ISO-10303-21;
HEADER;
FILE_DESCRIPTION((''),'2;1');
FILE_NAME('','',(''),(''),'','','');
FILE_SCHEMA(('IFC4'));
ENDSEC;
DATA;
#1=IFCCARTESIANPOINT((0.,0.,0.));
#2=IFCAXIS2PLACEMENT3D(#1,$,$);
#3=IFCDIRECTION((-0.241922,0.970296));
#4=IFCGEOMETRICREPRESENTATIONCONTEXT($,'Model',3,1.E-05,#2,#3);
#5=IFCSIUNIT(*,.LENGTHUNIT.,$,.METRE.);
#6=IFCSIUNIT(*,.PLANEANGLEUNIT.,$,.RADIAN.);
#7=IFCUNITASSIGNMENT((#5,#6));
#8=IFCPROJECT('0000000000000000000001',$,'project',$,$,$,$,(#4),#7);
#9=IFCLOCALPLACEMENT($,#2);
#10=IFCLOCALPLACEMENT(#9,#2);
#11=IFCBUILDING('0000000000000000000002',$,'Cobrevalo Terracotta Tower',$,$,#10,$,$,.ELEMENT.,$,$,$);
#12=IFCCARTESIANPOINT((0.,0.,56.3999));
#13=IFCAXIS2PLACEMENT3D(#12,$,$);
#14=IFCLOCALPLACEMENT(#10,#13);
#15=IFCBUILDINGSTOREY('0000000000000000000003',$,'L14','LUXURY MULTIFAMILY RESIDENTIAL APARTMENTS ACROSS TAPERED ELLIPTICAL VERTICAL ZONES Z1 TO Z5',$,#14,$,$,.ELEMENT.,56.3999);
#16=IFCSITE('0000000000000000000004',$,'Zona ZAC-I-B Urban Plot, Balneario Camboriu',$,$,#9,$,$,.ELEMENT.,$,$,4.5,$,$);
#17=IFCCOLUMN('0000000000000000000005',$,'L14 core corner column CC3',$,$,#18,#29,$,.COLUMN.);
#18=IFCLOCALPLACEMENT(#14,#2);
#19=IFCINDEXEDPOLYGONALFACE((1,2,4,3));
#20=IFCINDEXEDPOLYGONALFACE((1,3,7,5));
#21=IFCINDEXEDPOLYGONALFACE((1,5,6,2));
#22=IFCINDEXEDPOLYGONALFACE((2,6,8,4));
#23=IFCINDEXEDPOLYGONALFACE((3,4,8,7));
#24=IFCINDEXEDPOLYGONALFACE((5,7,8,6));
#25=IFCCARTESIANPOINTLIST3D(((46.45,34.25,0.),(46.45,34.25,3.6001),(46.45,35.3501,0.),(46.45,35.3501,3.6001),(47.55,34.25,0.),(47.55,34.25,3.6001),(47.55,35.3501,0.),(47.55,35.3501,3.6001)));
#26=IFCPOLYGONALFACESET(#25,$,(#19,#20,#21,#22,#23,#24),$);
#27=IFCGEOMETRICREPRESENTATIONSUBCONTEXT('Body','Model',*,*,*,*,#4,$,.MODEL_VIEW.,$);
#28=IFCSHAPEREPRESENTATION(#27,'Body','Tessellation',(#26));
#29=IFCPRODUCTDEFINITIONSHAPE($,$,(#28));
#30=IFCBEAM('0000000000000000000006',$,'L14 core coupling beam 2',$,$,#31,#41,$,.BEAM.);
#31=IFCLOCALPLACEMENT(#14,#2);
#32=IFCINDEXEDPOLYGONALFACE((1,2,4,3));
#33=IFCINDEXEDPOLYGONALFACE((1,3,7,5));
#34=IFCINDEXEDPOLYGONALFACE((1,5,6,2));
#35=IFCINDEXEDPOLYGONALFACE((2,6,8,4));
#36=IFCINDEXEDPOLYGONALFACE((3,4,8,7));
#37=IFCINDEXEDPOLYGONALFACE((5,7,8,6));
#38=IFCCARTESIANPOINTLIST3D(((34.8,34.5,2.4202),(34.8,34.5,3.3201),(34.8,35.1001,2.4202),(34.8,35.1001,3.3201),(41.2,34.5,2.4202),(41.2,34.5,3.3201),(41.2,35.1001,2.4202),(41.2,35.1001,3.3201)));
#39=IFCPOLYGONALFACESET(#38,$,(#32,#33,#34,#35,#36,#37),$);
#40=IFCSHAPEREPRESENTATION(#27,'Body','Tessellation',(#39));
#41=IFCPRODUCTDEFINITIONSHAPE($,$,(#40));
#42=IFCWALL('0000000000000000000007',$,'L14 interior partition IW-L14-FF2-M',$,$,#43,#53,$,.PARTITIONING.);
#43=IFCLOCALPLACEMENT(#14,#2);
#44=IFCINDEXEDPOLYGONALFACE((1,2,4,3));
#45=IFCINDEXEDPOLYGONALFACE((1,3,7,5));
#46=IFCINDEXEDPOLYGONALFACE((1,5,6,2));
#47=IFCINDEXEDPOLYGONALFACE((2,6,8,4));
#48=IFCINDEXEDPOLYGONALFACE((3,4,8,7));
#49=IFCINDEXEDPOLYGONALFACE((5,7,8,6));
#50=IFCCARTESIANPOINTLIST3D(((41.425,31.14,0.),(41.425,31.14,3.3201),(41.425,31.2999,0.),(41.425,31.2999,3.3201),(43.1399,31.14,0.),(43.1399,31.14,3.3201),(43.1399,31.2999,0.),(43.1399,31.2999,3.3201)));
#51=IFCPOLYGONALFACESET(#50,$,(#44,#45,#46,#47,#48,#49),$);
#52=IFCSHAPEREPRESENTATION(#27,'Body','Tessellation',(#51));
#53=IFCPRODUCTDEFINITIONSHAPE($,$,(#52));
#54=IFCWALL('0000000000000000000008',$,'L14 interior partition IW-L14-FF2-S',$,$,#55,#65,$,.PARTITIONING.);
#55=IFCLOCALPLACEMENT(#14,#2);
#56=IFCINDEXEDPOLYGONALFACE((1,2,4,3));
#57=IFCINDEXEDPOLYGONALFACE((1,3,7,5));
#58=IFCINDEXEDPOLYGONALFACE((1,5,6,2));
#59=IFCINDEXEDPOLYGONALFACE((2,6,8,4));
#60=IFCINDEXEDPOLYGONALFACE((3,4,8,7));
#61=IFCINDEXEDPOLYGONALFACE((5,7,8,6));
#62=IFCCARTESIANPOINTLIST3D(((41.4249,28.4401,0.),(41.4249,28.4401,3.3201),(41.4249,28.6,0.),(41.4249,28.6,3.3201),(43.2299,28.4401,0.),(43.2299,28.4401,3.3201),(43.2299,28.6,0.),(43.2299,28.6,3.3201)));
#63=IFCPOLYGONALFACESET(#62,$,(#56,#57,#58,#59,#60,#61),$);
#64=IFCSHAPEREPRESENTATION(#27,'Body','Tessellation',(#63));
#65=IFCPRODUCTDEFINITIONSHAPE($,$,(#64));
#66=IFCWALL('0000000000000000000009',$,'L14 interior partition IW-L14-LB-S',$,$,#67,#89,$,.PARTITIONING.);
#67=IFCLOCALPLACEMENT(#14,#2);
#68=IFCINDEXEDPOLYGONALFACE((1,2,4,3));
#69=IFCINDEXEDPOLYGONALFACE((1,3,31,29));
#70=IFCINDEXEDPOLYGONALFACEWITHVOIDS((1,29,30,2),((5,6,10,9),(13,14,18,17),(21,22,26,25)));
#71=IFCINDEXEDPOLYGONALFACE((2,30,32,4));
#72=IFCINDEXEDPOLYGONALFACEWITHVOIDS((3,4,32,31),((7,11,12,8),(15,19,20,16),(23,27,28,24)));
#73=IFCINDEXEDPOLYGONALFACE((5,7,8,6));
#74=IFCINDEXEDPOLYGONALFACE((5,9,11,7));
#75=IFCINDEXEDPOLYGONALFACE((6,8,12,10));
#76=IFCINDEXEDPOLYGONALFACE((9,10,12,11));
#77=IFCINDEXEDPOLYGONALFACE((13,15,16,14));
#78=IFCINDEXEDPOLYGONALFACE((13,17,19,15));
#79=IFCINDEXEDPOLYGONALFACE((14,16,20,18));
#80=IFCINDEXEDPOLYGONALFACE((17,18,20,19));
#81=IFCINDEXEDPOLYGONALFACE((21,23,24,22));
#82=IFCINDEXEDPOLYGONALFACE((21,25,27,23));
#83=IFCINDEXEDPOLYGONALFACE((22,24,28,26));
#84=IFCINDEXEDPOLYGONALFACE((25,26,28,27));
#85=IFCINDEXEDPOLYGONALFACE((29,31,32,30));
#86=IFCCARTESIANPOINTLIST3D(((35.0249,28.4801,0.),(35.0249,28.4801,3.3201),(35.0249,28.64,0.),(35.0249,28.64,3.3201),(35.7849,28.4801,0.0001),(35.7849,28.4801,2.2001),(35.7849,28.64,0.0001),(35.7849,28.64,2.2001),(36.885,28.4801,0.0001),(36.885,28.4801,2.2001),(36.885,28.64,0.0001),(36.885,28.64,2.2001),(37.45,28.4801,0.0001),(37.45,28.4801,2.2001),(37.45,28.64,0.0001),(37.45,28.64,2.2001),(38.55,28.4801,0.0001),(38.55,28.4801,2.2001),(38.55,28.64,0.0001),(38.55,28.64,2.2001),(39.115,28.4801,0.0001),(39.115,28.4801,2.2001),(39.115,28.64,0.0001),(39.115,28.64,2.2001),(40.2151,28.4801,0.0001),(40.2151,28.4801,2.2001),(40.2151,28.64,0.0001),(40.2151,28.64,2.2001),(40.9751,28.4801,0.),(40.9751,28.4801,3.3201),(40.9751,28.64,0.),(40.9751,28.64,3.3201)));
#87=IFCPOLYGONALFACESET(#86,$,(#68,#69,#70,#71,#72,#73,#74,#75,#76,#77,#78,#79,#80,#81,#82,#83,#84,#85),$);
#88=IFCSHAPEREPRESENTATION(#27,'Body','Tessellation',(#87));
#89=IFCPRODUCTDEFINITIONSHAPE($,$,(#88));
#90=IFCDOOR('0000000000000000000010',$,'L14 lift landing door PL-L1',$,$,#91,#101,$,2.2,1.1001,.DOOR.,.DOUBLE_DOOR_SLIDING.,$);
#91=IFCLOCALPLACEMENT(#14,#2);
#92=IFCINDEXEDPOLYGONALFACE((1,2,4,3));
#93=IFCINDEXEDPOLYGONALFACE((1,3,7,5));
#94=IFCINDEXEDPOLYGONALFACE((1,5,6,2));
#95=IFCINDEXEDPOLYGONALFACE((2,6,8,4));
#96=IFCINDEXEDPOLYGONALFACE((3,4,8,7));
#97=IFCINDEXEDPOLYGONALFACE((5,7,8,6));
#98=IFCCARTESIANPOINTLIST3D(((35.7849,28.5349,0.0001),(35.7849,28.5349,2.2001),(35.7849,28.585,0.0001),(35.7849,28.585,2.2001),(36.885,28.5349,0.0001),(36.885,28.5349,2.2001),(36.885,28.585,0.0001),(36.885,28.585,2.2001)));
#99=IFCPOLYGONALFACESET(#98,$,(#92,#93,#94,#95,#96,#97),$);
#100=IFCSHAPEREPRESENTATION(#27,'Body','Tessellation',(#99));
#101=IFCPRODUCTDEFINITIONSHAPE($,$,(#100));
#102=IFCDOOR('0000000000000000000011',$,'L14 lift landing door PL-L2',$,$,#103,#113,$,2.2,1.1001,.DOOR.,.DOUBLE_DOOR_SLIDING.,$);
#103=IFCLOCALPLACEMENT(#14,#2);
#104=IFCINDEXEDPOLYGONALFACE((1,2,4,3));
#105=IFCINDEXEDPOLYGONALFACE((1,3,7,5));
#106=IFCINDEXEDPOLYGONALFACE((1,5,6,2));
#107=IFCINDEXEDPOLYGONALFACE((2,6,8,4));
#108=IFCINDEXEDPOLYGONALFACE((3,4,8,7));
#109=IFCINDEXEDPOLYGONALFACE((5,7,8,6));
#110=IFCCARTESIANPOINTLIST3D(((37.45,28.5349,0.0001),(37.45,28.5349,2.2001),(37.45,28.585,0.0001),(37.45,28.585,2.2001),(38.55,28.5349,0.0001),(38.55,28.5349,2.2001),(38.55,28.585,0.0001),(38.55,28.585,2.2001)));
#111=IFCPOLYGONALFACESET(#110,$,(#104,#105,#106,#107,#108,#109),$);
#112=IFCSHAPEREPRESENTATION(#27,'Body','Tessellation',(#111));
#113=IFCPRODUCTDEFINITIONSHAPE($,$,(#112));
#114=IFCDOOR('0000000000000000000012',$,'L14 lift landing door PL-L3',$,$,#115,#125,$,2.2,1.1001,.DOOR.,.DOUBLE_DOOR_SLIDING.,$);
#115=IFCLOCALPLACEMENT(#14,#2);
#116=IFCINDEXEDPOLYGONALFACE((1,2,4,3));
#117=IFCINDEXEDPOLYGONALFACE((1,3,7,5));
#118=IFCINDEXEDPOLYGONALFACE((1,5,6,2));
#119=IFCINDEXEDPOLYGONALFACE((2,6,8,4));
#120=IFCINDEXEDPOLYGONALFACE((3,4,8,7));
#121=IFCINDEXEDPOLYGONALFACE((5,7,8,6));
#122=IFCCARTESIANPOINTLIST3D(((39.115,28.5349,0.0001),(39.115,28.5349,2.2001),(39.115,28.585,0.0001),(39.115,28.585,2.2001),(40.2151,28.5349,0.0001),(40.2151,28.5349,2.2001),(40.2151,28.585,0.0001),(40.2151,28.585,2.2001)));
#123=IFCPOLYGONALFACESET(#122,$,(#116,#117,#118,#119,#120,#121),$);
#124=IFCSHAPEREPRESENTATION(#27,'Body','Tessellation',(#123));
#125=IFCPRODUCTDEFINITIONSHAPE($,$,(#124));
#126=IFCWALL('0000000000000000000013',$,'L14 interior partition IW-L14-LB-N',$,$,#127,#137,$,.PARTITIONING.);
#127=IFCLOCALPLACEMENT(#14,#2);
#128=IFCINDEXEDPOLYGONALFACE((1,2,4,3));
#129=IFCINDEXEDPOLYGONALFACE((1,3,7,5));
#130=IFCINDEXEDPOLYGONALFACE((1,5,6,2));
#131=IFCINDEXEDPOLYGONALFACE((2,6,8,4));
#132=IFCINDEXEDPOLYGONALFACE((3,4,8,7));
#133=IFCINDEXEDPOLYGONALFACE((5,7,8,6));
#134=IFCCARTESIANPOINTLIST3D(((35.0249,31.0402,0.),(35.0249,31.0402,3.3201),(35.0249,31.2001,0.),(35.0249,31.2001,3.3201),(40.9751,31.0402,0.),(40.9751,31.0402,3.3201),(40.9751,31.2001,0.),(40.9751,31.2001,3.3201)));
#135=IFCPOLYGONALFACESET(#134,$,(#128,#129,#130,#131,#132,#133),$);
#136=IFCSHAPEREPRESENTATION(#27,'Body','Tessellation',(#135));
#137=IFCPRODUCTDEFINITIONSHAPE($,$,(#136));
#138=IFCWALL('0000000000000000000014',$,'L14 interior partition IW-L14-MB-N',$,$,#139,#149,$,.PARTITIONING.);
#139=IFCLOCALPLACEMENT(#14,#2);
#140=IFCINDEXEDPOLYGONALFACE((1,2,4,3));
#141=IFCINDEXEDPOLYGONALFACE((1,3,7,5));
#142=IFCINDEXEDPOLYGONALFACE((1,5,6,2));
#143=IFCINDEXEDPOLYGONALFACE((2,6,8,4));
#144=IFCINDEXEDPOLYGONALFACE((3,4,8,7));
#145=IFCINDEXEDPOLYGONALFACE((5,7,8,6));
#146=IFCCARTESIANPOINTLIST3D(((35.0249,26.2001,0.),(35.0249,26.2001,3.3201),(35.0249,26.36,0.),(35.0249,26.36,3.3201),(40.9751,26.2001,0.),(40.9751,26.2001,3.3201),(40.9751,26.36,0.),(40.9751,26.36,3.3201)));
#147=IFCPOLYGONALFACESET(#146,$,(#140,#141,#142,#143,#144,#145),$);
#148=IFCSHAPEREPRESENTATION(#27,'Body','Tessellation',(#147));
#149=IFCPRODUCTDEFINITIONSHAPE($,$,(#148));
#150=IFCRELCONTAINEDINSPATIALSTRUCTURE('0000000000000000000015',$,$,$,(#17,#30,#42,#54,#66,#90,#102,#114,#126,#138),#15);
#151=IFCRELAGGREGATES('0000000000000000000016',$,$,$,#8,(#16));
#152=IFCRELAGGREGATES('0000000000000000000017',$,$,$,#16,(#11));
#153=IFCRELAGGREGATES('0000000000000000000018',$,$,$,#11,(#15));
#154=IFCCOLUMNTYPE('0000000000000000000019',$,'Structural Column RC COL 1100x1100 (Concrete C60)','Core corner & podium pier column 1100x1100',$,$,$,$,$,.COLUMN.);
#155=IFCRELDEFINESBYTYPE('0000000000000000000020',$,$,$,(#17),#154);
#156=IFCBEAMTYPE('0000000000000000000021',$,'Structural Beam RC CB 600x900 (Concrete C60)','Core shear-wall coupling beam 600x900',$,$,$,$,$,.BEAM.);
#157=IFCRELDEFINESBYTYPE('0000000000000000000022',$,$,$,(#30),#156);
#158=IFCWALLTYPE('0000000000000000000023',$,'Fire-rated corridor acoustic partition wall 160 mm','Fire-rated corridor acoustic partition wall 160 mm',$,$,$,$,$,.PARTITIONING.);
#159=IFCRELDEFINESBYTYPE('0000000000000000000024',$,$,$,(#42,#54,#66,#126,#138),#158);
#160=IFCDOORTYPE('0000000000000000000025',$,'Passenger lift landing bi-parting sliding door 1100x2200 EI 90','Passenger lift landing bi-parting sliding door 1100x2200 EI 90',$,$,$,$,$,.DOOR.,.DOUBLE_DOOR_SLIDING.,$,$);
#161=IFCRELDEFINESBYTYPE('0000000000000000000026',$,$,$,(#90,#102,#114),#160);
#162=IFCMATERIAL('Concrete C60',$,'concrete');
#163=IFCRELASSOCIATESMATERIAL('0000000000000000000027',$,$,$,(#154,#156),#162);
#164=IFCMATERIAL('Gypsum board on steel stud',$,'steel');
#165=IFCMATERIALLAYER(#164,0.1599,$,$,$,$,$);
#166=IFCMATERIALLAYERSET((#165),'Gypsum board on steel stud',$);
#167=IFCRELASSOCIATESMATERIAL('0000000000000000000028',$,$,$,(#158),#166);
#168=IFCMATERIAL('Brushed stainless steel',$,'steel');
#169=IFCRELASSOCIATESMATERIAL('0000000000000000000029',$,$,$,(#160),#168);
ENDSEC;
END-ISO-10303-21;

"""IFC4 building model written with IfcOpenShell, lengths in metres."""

from ifc_helpers import new_model, si_unit, direction, frame, frame_2d, origin, origin_2d, place, context, subcontext, project, spatial, rectangle, extrude, source, transform, mapped, material, layer, layer_set, material_profile, profile_set, type_object, element, fill, save


model = new_model("IFC4")

# Units and contexts
model_context = context("Model", 3, precision=1e-05, world=origin(), true_north=direction((-0.241922, 0.970296)))
body_context = subcontext(model_context, "Body", "Model", "MODEL_VIEW")
ifc_project = project(units=[si_unit("LENGTHUNIT", "METRE"), si_unit("PLANEANGLEUNIT", "RADIAN")], contexts=[model_context])

# Site, building, storey
site_placement = place(None, origin())
site = spatial("IfcSite", under=ifc_project, at=site_placement, Name="Zona ZAC-I-B Urban Plot, Balneario Camboriu", CompositionType="ELEMENT", RefElevation=4.5)
building_placement = place(site_placement, origin())
building = spatial("IfcBuilding", under=site, at=building_placement, Name="Cobrevalo Terracotta Tower", CompositionType="ELEMENT")
storey_placement = place(building_placement, frame((0.0, 0.0, 56.3999)))
storey = spatial("IfcBuildingStorey", under=building, at=storey_placement, Name="L14", Description="LUXURY MULTIFAMILY RESIDENTIAL APARTMENTS ACROSS TAPERED ELLIPTICAL VERTICAL ZONES Z1 TO Z5", CompositionType="ELEMENT", Elevation=56.3999)

# Column
ifc_material_1 = material(Name="Concrete C60", Category="concrete")
ifc_material_profile_1 = material_profile(ifc_material_1, rectangle(XDim=1.1001, YDim=1.1001, at=origin_2d()), Name="RC COL 1100x1100")
ifc_profile_set_1 = profile_set([ifc_material_profile_1], Name="Concrete C60")
column_type = type_object("IfcColumnType", Name="Structural Column RC COL 1100x1100 (Concrete C60)", Description="Core corner & podium pier column 1100x1100", PredefinedType="COLUMN", material=ifc_profile_set_1)
column_placement = place(storey_placement, frame((47.0, 34.8, 0.0), z_axis=(0.0, 0.0, 1.0), x_axis=(1.0, 0.0, 0.0)))
element("IfcColumn", 1, at=column_placement, inside=storey, type_object=column_type, Name="L14 core corner column CC3", PredefinedType="COLUMN", context=body_context, shape_type="SweptSolid", body=[
    extrude(rectangle(XDim=1.1001, YDim=1.1001, at=origin_2d()), origin(), (0.0, 0.0, 1.0), 3.6001),
])

# Beam
ifc_material_profile_2 = material_profile(ifc_material_1, rectangle(XDim=0.6001, YDim=0.8999, at=origin_2d()), Name="RC CB 600x900")
ifc_profile_set_2 = profile_set([ifc_material_profile_2], Name="Concrete C60")
beam_type = type_object("IfcBeamType", Name="Structural Beam RC CB 600x900 (Concrete C60)", Description="Core shear-wall coupling beam 600x900", PredefinedType="BEAM", material=ifc_profile_set_2)
beam_placement = place(storey_placement, frame((34.8, 34.8, 2.8701), z_axis=(1.0, 0.0, 0.0), x_axis=(0.0, 1.0, 0.0)))
element("IfcBeam", 2, at=beam_placement, inside=storey, type_object=beam_type, Name="L14 core coupling beam 2", PredefinedType="BEAM", context=body_context, shape_type="SweptSolid", body=[
    extrude(rectangle(XDim=0.6001, YDim=0.8999, at=origin_2d()), origin(), (0.0, 0.0, 1.0), 6.3999),
])

# Walls
ifc_material_2 = material(Name="Gypsum board on steel stud", Category="steel")
ifc_layer_1 = layer(ifc_material_2, 0.1599)
ifc_layer_set_1 = layer_set([ifc_layer_1], Name="Gypsum board on steel stud")
wall_type_1 = type_object("IfcWallType", Name="Fire-rated corridor acoustic partition wall 160 mm", Description="Fire-rated corridor acoustic partition wall 160 mm", PredefinedType="PARTITIONING", material=ifc_layer_set_1)
wall_1_placement = place(storey_placement, frame((41.425, 31.22, 0.0), z_axis=(0.0, 0.0, 1.0), x_axis=(1.0, 0.0, 0.0)))
element("IfcWall", 3, at=wall_1_placement, inside=storey, type_object=wall_type_1, Name="L14 interior partition IW-L14-FF2-M", PredefinedType="PARTITIONING", context=body_context, shape_type="SweptSolid", body=[
    extrude(rectangle(XDim=1.7148, YDim=0.1599, at=frame_2d((0.8574, 0.0))), origin(), (0.0, 0.0, 1.0), 3.3201),
])
wall_2_placement = place(storey_placement, frame((41.425, 28.52, 0.0), z_axis=(0.0, 0.0, 1.0), x_axis=(1.0, 0.0, 0.0)))
element("IfcWall", 4, at=wall_2_placement, inside=storey, type_object=wall_type_1, Name="L14 interior partition IW-L14-FF2-S", PredefinedType="PARTITIONING", context=body_context, shape_type="SweptSolid", body=[
    extrude(rectangle(XDim=1.8049, YDim=0.1599, at=frame_2d((0.9023, 0.0))), origin(), (0.0, 0.0, 1.0), 3.3201),
])

# Wall, openings, doors
wall_3_placement = place(storey_placement, frame((35.0249, 28.5601, 0.0), z_axis=(0.0, 0.0, 1.0), x_axis=(1.0, 0.0, 0.0)))
wall_3 = element("IfcWall", 5, at=wall_3_placement, inside=storey, type_object=wall_type_1, Name="L14 interior partition IW-L14-LB-S", PredefinedType="PARTITIONING", context=body_context, shape_type="SweptSolid", body=[
    extrude(rectangle(XDim=5.9502, YDim=0.1599, at=frame_2d((2.9751, 0.0))), origin(), (0.0, 0.0, 1.0), 3.3201),
])
opening_1_placement = place(wall_3_placement, frame((0.76, 0.0, 0.0)))
opening_1 = element("IfcOpeningElement", 6, at=opening_1_placement, cuts=wall_3, PredefinedType="OPENING", context=body_context, shape_type="SweptSolid", body=[
    extrude(rectangle(XDim=1.1001, YDim=2.2, at=frame_2d((0.55, 1.1001))), frame((0.0, 0.0898, 0.0), z_axis=(0.0, -1.0, 0.0), x_axis=(1.0, 0.0, 0.0)), (0.0, 0.0, 1.0), 0.1799),
])
opening_2_placement = place(wall_3_placement, frame((2.425, 0.0, 0.0)))
opening_2 = element("IfcOpeningElement", 7, at=opening_2_placement, cuts=wall_3, PredefinedType="OPENING", context=body_context, shape_type="SweptSolid", body=[
    extrude(rectangle(XDim=1.1001, YDim=2.2, at=frame_2d((0.55, 1.1001))), frame((0.0, 0.0898, 0.0), z_axis=(0.0, -1.0, 0.0), x_axis=(1.0, 0.0, 0.0)), (0.0, 0.0, 1.0), 0.1799),
])
opening_3_placement = place(wall_3_placement, frame((4.0901, 0.0, 0.0)))
opening_3 = element("IfcOpeningElement", 8, at=opening_3_placement, cuts=wall_3, PredefinedType="OPENING", context=body_context, shape_type="SweptSolid", body=[
    extrude(rectangle(XDim=1.1001, YDim=2.2, at=frame_2d((0.55, 1.1001))), frame((0.0, 0.0898, 0.0), z_axis=(0.0, -1.0, 0.0), x_axis=(1.0, 0.0, 0.0)), (0.0, 0.0, 1.0), 0.1799),
])
ifc_material_3 = material(Name="Brushed stainless steel", Category="steel")
door_type_1 = type_object("IfcDoorType", Name="Passenger lift landing bi-parting sliding door 1100x2200 EI 90", Description="Passenger lift landing bi-parting sliding door 1100x2200 EI 90", OperationType="DOUBLE_DOOR_SLIDING", PredefinedType="DOOR", material=ifc_material_3)
shared_shape_1 = source(origin(), body_context, "Body", "SweptSolid", [
    extrude(rectangle(XDim=1.1001, YDim=2.2, at=frame_2d((0.55, 1.1001))), frame((0.0, 0.0249, 0.0), z_axis=(0.0, -1.0, 0.0), x_axis=(1.0, 0.0, 0.0)), (0.0, 0.0, 1.0), 0.05),
])
door_1_placement = place(opening_1_placement, origin())
door_1 = element("IfcDoor", 9, at=door_1_placement, inside=storey, type_object=door_type_1, Name="L14 lift landing door PL-L1", OperationType="DOUBLE_DOOR_SLIDING", OverallHeight=2.2, OverallWidth=1.1001, PredefinedType="DOOR", context=body_context, shape_type="MappedRepresentation", body=[
    mapped(shared_shape_1, transform((0.0, 0.0, 0.0), scale=1.0)),
])
fill(opening_1, door_1)
door_2_placement = place(opening_2_placement, origin())
door_2 = element("IfcDoor", 10, at=door_2_placement, inside=storey, type_object=door_type_1, Name="L14 lift landing door PL-L2", OperationType="DOUBLE_DOOR_SLIDING", OverallHeight=2.2, OverallWidth=1.1001, PredefinedType="DOOR", context=body_context, shape_type="MappedRepresentation", body=[
    mapped(shared_shape_1, transform((0.0, 0.0, 0.0), scale=1.0)),
])
fill(opening_2, door_2)
door_3_placement = place(opening_3_placement, origin())
door_3 = element("IfcDoor", 11, at=door_3_placement, inside=storey, type_object=door_type_1, Name="L14 lift landing door PL-L3", OperationType="DOUBLE_DOOR_SLIDING", OverallHeight=2.2, OverallWidth=1.1001, PredefinedType="DOOR", context=body_context, shape_type="MappedRepresentation", body=[
    mapped(shared_shape_1, transform((0.0, 0.0, 0.0), scale=1.0)),
])
fill(opening_3, door_3)

# Walls
for number, where, z_axis, x_axis, name in (
    (12, (35.0249, 31.1201, 0.0), (0.0, 0.0, 1.0), (1.0, 0.0, 0.0), "L14 interior partition IW-L14-LB-N"),
    (13, (35.0249, 26.28, 0.0), (0.0, 0.0, 1.0), (1.0, 0.0, 0.0), "L14 interior partition IW-L14-MB-N"),
):
    element("IfcWall", number, at=place(storey_placement, frame(where, z_axis=z_axis, x_axis=x_axis)), inside=storey, type_object=wall_type_1, Name=name, PredefinedType="PARTITIONING", context=body_context, shape_type="SweptSolid", body=[
        extrude(rectangle(XDim=5.9502, YDim=0.1599, at=frame_2d((2.9751, 0.0))), origin(), (0.0, 0.0, 1.0), 3.3201),
    ])

save(model, "model.ifc")
